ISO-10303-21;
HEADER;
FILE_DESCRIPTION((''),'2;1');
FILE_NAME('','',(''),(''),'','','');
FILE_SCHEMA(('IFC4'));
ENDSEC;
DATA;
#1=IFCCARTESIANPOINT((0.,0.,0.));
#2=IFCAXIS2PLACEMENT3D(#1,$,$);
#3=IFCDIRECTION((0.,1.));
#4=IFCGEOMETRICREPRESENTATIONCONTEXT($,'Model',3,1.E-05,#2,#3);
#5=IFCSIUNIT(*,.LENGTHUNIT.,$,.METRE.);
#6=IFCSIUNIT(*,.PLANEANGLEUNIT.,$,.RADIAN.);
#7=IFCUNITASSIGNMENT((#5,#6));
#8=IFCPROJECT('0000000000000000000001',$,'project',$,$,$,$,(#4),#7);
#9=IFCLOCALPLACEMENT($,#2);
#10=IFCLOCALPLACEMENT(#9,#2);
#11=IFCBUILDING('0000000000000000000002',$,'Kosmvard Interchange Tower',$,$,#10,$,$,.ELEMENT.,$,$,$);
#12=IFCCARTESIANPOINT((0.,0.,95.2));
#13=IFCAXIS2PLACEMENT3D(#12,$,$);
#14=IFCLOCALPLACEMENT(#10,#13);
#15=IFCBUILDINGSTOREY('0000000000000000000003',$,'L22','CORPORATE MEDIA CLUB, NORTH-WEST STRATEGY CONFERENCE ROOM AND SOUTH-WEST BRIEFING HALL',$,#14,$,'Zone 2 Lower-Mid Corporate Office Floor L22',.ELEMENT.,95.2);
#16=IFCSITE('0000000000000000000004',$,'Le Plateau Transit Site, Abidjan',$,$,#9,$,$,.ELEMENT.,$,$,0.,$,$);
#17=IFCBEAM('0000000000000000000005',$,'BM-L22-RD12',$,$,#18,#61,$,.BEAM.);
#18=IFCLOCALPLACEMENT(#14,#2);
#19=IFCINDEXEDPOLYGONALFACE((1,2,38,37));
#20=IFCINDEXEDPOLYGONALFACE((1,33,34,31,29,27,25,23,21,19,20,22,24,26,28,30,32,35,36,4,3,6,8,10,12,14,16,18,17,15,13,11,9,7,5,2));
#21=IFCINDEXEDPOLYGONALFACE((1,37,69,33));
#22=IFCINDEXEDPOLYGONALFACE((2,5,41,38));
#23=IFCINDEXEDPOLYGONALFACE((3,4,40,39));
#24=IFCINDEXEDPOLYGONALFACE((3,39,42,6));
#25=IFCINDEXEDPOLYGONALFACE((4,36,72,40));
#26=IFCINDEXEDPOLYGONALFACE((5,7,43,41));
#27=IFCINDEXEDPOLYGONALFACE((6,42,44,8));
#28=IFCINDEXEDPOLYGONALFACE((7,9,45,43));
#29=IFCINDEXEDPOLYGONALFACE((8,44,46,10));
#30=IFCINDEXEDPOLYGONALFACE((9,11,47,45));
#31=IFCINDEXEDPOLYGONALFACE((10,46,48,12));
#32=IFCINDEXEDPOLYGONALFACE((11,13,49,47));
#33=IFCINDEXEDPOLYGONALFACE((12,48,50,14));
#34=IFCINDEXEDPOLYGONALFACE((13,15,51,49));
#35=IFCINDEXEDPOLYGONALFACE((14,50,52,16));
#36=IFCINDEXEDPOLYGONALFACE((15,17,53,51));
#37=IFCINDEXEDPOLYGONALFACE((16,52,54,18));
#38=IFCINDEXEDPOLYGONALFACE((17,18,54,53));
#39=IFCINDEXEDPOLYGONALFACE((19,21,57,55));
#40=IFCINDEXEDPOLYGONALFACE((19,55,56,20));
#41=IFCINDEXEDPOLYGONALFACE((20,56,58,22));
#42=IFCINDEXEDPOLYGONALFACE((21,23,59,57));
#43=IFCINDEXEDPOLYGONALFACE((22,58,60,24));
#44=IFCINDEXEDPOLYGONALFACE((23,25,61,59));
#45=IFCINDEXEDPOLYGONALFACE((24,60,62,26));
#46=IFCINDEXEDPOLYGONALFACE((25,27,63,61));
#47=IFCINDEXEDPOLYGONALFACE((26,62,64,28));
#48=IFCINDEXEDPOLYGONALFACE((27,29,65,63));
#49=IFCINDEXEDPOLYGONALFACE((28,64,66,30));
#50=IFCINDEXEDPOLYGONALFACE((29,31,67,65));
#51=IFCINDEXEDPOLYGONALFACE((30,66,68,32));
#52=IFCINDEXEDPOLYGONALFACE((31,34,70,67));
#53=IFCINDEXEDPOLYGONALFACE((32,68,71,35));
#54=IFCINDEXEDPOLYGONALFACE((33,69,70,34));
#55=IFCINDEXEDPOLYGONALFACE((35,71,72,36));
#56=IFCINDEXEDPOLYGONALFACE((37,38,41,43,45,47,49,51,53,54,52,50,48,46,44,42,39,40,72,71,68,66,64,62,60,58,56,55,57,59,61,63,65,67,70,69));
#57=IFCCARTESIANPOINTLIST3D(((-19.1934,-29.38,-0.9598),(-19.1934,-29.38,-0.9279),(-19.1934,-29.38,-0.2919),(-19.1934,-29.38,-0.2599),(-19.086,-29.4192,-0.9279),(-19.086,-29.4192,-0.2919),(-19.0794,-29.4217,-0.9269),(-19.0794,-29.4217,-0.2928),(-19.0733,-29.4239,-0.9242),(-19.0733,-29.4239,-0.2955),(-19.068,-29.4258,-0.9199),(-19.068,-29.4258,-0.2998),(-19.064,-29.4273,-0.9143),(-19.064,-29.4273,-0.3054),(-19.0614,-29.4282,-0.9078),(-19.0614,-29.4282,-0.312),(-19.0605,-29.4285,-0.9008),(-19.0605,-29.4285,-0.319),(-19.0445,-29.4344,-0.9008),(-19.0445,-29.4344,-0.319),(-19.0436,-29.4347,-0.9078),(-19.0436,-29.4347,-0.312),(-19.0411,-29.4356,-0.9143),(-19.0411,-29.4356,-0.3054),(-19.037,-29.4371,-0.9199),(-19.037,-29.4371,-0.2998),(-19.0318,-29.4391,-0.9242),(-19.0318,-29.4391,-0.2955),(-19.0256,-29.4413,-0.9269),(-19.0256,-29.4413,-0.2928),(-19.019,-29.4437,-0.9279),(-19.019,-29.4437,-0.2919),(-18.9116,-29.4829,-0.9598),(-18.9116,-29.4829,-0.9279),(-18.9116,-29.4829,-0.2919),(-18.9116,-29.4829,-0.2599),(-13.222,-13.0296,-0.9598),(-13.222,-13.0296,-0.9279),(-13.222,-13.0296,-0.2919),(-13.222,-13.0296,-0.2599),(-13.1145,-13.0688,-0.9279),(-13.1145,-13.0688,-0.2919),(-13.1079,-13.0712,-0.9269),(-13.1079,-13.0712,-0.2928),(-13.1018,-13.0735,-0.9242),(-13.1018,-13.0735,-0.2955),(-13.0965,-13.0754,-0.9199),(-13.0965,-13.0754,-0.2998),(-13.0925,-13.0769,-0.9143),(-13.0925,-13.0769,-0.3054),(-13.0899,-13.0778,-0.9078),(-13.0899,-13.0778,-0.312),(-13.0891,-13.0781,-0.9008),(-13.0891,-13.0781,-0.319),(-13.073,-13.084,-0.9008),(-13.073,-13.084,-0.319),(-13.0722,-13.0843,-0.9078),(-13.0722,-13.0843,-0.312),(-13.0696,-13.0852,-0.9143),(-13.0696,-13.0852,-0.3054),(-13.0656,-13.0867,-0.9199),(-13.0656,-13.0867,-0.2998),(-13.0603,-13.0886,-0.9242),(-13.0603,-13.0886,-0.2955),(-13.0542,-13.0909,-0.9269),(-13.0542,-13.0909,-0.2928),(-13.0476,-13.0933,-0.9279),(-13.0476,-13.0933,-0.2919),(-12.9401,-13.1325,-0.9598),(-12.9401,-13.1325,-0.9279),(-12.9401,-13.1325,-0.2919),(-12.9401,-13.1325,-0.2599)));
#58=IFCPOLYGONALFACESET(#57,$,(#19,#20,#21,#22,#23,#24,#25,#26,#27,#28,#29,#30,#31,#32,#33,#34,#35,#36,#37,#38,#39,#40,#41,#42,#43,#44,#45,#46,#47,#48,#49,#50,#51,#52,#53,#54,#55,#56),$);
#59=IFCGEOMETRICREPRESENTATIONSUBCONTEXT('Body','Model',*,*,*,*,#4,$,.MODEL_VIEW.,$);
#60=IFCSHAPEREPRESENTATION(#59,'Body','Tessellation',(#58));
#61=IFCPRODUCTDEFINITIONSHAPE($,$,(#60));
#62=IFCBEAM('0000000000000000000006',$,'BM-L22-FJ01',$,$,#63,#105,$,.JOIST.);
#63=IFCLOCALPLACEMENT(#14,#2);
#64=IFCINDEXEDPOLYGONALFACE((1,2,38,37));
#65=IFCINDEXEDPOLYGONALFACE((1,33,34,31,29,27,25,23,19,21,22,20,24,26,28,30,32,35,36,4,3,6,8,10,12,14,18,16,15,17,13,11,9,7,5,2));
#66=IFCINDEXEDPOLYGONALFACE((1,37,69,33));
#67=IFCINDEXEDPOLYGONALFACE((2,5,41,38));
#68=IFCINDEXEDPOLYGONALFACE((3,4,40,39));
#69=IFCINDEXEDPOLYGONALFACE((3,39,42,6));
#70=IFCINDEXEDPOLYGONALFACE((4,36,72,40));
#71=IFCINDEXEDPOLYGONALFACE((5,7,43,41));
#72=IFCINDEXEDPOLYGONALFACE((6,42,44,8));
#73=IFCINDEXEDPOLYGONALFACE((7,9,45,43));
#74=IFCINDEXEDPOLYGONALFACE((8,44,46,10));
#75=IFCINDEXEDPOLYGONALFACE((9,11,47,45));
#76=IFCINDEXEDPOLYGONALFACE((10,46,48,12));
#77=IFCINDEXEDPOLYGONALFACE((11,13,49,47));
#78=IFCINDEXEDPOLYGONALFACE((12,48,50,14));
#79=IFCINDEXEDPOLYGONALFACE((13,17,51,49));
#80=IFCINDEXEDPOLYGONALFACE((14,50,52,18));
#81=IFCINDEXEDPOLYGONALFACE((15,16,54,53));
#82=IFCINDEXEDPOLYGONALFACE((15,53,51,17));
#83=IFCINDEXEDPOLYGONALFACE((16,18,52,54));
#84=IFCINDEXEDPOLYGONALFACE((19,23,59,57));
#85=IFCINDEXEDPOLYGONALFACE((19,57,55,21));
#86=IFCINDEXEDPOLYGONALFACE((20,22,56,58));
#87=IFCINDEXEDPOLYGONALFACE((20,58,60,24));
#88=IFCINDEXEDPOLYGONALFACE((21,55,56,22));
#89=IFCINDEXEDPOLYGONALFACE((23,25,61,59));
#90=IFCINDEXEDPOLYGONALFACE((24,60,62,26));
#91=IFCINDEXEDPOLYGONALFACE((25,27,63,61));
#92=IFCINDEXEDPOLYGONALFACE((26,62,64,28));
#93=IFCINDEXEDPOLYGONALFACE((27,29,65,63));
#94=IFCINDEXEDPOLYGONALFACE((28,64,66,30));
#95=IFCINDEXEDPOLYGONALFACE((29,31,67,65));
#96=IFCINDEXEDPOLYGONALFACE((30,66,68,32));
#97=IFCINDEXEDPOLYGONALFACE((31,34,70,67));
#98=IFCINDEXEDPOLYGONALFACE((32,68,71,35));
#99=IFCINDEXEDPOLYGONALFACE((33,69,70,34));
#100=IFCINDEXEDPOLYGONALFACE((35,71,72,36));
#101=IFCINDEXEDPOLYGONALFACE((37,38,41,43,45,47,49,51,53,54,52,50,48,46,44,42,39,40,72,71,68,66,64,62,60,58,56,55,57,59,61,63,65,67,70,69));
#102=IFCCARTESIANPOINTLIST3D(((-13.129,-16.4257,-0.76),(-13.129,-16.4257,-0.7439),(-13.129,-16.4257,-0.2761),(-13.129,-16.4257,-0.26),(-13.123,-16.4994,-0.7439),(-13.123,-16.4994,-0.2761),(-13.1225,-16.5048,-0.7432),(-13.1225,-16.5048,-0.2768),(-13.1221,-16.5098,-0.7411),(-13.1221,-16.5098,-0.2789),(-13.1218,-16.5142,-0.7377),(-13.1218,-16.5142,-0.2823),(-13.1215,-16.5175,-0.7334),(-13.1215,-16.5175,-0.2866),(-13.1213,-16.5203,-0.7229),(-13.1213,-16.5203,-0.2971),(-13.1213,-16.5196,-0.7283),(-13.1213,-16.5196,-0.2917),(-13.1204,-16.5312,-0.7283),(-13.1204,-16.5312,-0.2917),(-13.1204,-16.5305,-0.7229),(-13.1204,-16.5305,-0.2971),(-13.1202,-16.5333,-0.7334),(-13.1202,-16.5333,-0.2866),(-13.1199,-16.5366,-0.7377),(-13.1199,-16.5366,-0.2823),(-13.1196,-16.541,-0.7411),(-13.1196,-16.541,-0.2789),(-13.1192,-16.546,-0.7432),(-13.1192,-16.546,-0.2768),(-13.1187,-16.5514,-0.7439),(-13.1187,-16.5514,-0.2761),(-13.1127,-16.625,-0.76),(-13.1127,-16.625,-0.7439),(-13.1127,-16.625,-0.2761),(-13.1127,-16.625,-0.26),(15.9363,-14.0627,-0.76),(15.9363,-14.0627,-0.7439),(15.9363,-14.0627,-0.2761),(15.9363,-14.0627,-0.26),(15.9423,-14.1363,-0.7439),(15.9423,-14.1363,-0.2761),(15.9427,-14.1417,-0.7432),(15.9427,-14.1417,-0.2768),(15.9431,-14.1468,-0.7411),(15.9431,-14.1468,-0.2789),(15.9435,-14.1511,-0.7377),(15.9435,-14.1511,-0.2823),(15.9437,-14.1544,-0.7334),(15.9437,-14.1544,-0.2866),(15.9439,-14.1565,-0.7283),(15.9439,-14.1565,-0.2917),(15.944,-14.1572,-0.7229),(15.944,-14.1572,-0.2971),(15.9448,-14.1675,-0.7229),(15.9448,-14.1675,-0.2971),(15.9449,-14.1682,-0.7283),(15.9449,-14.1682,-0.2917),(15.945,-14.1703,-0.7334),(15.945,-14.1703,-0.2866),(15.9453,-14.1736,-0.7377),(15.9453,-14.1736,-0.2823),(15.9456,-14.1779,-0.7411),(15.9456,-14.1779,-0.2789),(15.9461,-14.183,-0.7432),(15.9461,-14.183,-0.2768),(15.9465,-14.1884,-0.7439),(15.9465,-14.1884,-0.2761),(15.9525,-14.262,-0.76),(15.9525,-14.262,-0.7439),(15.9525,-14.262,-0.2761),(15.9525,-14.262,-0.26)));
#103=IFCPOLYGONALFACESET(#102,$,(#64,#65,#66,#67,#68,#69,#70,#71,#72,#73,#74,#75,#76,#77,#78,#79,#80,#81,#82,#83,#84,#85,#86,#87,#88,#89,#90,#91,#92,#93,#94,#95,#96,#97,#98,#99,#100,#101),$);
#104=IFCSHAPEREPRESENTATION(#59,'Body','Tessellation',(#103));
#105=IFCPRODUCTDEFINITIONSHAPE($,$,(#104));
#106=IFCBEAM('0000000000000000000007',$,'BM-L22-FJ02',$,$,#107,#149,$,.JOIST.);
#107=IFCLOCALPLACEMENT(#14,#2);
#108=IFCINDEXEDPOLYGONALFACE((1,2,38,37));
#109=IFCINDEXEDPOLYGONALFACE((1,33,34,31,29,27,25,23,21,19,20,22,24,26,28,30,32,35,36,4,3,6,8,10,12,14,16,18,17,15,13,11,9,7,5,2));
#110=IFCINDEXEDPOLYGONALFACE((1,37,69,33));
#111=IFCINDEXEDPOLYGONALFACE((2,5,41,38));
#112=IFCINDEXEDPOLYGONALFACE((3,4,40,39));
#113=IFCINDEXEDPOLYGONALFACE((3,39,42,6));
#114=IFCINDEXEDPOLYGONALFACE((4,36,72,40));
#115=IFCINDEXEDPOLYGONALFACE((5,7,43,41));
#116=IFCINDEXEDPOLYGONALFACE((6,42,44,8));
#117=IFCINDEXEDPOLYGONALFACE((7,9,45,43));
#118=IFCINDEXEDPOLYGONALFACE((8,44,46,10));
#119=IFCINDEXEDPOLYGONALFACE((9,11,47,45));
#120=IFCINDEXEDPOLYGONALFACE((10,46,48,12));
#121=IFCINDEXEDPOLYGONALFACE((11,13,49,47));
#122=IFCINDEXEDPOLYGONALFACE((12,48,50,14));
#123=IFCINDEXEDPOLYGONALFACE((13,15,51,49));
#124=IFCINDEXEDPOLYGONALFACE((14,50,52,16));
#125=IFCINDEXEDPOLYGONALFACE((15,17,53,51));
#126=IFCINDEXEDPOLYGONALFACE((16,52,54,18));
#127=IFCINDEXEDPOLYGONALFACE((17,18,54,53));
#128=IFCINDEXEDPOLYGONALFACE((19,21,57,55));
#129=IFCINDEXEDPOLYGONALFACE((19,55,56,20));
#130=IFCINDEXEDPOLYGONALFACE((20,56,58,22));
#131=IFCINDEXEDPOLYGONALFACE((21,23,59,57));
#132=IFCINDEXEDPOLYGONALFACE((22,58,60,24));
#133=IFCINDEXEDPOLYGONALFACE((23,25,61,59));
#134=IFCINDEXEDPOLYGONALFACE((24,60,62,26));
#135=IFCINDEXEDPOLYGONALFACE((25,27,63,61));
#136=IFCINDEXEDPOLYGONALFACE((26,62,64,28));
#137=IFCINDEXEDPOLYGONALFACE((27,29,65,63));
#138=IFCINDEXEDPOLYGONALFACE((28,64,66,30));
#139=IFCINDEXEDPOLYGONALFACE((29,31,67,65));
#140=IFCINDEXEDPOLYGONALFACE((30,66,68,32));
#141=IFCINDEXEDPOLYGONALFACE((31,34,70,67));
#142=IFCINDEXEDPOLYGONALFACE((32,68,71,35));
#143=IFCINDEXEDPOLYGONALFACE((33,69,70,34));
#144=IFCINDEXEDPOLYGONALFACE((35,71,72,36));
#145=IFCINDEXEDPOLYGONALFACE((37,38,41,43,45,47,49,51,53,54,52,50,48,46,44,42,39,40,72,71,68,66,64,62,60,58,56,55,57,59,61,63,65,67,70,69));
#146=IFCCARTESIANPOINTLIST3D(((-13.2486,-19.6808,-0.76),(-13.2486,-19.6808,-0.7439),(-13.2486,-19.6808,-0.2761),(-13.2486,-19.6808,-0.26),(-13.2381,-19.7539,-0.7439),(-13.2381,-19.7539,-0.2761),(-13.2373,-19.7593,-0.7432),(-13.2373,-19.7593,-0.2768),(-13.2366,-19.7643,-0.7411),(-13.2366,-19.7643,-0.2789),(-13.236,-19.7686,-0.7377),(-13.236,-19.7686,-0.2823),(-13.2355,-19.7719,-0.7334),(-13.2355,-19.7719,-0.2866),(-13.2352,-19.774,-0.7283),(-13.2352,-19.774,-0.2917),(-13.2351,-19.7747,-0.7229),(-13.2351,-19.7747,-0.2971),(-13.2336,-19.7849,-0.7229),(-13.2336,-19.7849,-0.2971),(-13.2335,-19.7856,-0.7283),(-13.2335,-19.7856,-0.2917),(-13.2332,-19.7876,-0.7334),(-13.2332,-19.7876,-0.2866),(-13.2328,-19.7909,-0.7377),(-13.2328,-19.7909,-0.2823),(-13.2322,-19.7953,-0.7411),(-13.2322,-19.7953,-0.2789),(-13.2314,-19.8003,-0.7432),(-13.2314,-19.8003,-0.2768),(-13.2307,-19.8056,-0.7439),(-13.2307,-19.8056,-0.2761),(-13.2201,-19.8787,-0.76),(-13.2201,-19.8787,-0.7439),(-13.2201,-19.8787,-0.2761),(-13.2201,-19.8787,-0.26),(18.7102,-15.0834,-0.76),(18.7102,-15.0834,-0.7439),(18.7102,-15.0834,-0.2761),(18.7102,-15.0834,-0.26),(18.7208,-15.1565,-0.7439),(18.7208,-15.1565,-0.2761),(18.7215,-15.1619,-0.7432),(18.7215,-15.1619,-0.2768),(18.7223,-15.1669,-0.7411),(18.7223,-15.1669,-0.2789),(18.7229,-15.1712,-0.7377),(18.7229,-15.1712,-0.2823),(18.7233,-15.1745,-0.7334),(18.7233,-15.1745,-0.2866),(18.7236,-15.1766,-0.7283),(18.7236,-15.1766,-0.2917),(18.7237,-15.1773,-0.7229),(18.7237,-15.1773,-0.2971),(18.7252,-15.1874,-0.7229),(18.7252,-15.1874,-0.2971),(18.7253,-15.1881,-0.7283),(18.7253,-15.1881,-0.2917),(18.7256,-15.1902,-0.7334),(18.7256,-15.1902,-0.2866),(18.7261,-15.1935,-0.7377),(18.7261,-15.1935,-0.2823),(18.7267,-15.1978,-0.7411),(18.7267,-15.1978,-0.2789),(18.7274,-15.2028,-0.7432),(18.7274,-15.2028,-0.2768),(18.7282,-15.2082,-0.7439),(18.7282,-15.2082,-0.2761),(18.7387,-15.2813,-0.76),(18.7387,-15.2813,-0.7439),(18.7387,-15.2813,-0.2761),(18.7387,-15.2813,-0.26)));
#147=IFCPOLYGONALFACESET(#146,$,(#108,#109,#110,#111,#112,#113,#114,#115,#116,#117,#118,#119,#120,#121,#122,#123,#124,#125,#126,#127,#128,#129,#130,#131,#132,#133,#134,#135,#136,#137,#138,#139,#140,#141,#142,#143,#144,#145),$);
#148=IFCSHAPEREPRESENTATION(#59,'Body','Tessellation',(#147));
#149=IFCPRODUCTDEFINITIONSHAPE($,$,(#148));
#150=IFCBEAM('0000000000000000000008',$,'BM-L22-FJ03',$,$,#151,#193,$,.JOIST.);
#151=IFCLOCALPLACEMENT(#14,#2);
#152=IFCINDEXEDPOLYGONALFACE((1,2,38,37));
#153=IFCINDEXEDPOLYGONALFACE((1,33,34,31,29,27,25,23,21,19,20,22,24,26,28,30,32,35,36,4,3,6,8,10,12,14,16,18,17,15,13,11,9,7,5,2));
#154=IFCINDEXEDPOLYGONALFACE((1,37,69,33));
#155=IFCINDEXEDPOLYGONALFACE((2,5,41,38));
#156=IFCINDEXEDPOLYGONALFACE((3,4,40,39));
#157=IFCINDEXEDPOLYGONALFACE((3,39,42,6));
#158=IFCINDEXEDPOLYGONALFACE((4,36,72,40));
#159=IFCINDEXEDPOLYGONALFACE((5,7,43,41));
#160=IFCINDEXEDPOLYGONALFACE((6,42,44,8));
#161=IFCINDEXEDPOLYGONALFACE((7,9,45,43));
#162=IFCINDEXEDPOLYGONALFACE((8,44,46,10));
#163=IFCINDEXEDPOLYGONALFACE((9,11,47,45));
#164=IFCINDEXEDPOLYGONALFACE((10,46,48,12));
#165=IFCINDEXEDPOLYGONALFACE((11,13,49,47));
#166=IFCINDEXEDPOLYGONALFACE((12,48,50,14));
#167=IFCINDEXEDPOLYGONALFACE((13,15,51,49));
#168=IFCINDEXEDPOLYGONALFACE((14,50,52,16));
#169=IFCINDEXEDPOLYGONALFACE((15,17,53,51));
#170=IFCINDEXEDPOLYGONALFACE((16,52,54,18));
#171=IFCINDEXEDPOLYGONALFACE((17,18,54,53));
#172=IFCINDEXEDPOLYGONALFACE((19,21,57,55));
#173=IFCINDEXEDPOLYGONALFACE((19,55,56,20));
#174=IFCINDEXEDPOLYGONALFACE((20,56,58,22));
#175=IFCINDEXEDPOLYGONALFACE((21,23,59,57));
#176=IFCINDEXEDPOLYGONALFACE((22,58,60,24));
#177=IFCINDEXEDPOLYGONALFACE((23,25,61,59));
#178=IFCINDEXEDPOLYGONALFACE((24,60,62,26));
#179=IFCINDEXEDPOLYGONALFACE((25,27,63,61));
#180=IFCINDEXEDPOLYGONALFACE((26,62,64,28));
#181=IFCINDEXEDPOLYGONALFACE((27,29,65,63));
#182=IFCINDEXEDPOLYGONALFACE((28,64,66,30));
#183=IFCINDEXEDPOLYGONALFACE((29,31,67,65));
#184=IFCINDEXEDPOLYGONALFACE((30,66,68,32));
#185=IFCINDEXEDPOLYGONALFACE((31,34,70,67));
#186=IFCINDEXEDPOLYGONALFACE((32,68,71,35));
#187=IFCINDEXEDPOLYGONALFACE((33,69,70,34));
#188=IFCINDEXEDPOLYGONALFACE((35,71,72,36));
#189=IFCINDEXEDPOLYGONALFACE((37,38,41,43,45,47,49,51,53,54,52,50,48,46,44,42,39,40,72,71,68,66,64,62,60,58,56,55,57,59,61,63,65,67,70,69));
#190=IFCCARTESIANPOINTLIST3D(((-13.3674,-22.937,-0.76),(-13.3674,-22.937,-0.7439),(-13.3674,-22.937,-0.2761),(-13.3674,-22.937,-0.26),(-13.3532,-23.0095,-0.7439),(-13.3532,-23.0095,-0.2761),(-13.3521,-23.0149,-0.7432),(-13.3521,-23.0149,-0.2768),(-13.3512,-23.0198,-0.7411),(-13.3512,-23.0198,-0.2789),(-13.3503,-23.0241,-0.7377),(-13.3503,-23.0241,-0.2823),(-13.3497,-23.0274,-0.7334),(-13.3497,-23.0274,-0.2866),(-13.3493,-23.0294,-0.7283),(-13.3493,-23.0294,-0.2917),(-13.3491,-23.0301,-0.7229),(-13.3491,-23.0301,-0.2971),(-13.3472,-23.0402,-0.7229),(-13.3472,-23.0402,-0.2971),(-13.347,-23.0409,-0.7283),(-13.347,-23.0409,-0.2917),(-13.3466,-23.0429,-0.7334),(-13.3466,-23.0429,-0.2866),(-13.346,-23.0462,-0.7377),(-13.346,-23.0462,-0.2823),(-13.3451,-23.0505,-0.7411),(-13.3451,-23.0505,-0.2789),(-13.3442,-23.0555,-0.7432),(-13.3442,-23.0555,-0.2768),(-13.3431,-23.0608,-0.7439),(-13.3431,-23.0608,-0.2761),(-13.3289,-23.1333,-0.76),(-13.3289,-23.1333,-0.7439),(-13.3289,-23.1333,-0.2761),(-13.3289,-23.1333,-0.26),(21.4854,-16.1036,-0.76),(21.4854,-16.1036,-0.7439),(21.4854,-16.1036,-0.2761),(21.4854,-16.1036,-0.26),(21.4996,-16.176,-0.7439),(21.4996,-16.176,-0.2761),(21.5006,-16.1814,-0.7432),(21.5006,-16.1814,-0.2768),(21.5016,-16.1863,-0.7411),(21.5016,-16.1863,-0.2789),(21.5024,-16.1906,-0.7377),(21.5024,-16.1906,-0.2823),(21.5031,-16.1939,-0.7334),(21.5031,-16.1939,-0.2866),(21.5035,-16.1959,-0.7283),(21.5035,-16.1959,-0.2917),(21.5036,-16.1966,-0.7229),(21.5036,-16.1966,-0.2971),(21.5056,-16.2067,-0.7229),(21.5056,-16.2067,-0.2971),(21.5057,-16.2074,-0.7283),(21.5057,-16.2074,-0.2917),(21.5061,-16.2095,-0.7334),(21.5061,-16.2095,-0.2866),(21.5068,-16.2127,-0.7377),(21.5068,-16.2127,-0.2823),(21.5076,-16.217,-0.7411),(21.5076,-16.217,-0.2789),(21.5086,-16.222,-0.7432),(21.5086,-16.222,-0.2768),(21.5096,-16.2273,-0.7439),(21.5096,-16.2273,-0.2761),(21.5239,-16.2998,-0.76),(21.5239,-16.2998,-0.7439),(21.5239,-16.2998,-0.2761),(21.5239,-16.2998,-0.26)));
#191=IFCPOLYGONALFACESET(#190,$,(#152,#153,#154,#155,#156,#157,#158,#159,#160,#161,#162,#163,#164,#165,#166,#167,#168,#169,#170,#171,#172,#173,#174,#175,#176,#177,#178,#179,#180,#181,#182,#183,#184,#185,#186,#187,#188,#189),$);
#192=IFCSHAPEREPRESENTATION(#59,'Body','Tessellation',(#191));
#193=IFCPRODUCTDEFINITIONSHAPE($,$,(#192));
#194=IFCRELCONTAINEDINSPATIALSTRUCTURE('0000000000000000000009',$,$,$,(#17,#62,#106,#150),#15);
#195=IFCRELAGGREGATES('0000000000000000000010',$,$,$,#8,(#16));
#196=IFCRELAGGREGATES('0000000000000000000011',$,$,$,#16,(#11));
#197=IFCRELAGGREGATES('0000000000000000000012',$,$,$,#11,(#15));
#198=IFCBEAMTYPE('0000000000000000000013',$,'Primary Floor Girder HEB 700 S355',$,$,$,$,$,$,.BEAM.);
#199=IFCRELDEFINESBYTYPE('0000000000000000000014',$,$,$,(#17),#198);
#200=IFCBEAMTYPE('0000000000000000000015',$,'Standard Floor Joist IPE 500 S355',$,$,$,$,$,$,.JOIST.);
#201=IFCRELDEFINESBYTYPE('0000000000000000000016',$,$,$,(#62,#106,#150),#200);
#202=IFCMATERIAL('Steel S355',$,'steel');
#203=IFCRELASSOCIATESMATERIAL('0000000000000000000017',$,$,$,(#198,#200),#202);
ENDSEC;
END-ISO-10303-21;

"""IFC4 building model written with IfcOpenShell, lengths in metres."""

from ifc_helpers import new_model, si_unit, direction, frame, origin, origin_2d, place, context, subcontext, project, spatial, i_section, extrude, source, transform, mapped, material, material_profile, profile_set, type_object, element, save


model = new_model("IFC4")

# Units and contexts
model_context = context("Model", 3, precision=1e-05, world=origin(), true_north=direction((0.0, 1.0)))
body_context = subcontext(model_context, "Body", "Model", "MODEL_VIEW")
ifc_project = project(units=[si_unit("LENGTHUNIT", "METRE"), si_unit("PLANEANGLEUNIT", "RADIAN")], contexts=[model_context])

# Site, building, storey
site_placement = place(None, origin())
site = spatial("IfcSite", under=ifc_project, at=site_placement, Name="Le Plateau Transit Site, Abidjan", CompositionType="ELEMENT", RefElevation=0.0)
building_placement = place(site_placement, origin())
building = spatial("IfcBuilding", under=site, at=building_placement, Name="Kosmvard Interchange Tower", CompositionType="ELEMENT")
storey_placement = place(building_placement, frame((0.0, 0.0, 95.2)))
storey = spatial("IfcBuildingStorey", under=building, at=storey_placement, Name="L22", Description="CORPORATE MEDIA CLUB, NORTH-WEST STRATEGY CONFERENCE ROOM AND SOUTH-WEST BRIEFING HALL", LongName="Zone 2 Lower-Mid Corporate Office Floor L22", CompositionType="ELEMENT", Elevation=95.2)

# Beams
ifc_material_1 = material(Name="Steel S355", Category="steel")
ifc_material_profile_1 = material_profile(ifc_material_1, i_section(OverallWidth=0.3, OverallDepth=0.7, WebThickness=0.0171, FlangeThickness=0.032, FilletRadius=0.0271, at=origin_2d()), Name="HEB 700")
ifc_profile_set_1 = profile_set([ifc_material_profile_1], Name="Steel S355")
beam_type_1 = type_object("IfcBeamType", Name="Primary Floor Girder HEB 700 S355", PredefinedType="BEAM", material=ifc_profile_set_1)
shared_shape_1 = source(origin(), body_context, "Body", "SweptSolid", [
    extrude(i_section(OverallWidth=0.3, OverallDepth=0.7, WebThickness=0.0171, FlangeThickness=0.032, FilletRadius=0.0271, at=origin_2d()), origin(), (0.0, 0.0, 1.0), 17.4067),
])
beam_1_placement = place(storey_placement, frame((-13.0811, -13.0811, -0.6099), z_axis=(-0.343055, -0.939315, 0.0), x_axis=(0.939315, -0.343055, 0.0)))
element("IfcBeam", 1, at=beam_1_placement, inside=storey, type_object=beam_type_1, Name="BM-L22-RD12", PredefinedType="BEAM", context=body_context, shape_type="MappedRepresentation", body=[
    mapped(shared_shape_1, transform((0.0, 0.0, 0.0), scale=1.0)),
])
ifc_material_profile_2 = material_profile(ifc_material_1, i_section(OverallWidth=0.2, OverallDepth=0.5, WebThickness=0.0103, FlangeThickness=0.0161, FilletRadius=0.021, at=origin_2d()), Name="IPE 500")
ifc_profile_set_2 = profile_set([ifc_material_profile_2], Name="Steel S355")
beam_type_2 = type_object("IfcBeamType", Name="Standard Floor Joist IPE 500 S355", PredefinedType="JOIST", material=ifc_profile_set_2)
shared_shape_2 = source(origin(), body_context, "Body", "SweptSolid", [
    extrude(i_section(OverallWidth=0.2, OverallDepth=0.5, WebThickness=0.0103, FlangeThickness=0.0161, FilletRadius=0.021, at=origin_2d()), origin(), (0.0, 0.0, 1.0), 29.1611),
])
beam_2_placement = place(storey_placement, frame((-13.1208, -16.5254, -0.51), z_axis=(0.996711, 0.081034, 0.0), x_axis=(-0.081034, 0.996711, 0.0)))
element("IfcBeam", 2, at=beam_2_placement, inside=storey, type_object=beam_type_2, Name="BM-L22-FJ01", PredefinedType="JOIST", context=body_context, shape_type="MappedRepresentation", body=[
    mapped(shared_shape_2, transform((0.0, 0.0, 0.0), scale=1.0)),
])
shared_shape_3 = source(origin(), body_context, "Body", "SweptSolid", [
    extrude(i_section(OverallWidth=0.2, OverallDepth=0.5, WebThickness=0.0103, FlangeThickness=0.0161, FilletRadius=0.021, at=origin_2d()), origin(), (0.0, 0.0, 1.0), 32.2878),
])
beam_3_placement = place(storey_placement, frame((-13.2344, -19.7798, -0.51), z_axis=(0.989811, 0.142389, 0.0), x_axis=(-0.142389, 0.989811, 0.0)))
element("IfcBeam", 3, at=beam_3_placement, inside=storey, type_object=beam_type_2, Name="BM-L22-FJ02", PredefinedType="JOIST", context=body_context, shape_type="MappedRepresentation", body=[
    mapped(shared_shape_3, transform((0.0, 0.0, 0.0), scale=1.0)),
])
shared_shape_4 = source(origin(), body_context, "Body", "SweptSolid", [
    extrude(i_section(OverallWidth=0.2, OverallDepth=0.5, WebThickness=0.0103, FlangeThickness=0.0161, FilletRadius=0.021, at=origin_2d()), origin(), (0.0, 0.0, 1.0), 35.5164),
])
beam_4_placement = place(storey_placement, frame((-13.3481, -23.0352, -0.51), z_axis=(0.981316, 0.192404, 0.0), x_axis=(-0.192404, 0.981316, 0.0)))
element("IfcBeam", 4, at=beam_4_placement, inside=storey, type_object=beam_type_2, Name="BM-L22-FJ03", PredefinedType="JOIST", context=body_context, shape_type="MappedRepresentation", body=[
    mapped(shared_shape_4, transform((0.0, 0.0, 0.0), scale=1.0)),
])

save(model, "model.ifc")
